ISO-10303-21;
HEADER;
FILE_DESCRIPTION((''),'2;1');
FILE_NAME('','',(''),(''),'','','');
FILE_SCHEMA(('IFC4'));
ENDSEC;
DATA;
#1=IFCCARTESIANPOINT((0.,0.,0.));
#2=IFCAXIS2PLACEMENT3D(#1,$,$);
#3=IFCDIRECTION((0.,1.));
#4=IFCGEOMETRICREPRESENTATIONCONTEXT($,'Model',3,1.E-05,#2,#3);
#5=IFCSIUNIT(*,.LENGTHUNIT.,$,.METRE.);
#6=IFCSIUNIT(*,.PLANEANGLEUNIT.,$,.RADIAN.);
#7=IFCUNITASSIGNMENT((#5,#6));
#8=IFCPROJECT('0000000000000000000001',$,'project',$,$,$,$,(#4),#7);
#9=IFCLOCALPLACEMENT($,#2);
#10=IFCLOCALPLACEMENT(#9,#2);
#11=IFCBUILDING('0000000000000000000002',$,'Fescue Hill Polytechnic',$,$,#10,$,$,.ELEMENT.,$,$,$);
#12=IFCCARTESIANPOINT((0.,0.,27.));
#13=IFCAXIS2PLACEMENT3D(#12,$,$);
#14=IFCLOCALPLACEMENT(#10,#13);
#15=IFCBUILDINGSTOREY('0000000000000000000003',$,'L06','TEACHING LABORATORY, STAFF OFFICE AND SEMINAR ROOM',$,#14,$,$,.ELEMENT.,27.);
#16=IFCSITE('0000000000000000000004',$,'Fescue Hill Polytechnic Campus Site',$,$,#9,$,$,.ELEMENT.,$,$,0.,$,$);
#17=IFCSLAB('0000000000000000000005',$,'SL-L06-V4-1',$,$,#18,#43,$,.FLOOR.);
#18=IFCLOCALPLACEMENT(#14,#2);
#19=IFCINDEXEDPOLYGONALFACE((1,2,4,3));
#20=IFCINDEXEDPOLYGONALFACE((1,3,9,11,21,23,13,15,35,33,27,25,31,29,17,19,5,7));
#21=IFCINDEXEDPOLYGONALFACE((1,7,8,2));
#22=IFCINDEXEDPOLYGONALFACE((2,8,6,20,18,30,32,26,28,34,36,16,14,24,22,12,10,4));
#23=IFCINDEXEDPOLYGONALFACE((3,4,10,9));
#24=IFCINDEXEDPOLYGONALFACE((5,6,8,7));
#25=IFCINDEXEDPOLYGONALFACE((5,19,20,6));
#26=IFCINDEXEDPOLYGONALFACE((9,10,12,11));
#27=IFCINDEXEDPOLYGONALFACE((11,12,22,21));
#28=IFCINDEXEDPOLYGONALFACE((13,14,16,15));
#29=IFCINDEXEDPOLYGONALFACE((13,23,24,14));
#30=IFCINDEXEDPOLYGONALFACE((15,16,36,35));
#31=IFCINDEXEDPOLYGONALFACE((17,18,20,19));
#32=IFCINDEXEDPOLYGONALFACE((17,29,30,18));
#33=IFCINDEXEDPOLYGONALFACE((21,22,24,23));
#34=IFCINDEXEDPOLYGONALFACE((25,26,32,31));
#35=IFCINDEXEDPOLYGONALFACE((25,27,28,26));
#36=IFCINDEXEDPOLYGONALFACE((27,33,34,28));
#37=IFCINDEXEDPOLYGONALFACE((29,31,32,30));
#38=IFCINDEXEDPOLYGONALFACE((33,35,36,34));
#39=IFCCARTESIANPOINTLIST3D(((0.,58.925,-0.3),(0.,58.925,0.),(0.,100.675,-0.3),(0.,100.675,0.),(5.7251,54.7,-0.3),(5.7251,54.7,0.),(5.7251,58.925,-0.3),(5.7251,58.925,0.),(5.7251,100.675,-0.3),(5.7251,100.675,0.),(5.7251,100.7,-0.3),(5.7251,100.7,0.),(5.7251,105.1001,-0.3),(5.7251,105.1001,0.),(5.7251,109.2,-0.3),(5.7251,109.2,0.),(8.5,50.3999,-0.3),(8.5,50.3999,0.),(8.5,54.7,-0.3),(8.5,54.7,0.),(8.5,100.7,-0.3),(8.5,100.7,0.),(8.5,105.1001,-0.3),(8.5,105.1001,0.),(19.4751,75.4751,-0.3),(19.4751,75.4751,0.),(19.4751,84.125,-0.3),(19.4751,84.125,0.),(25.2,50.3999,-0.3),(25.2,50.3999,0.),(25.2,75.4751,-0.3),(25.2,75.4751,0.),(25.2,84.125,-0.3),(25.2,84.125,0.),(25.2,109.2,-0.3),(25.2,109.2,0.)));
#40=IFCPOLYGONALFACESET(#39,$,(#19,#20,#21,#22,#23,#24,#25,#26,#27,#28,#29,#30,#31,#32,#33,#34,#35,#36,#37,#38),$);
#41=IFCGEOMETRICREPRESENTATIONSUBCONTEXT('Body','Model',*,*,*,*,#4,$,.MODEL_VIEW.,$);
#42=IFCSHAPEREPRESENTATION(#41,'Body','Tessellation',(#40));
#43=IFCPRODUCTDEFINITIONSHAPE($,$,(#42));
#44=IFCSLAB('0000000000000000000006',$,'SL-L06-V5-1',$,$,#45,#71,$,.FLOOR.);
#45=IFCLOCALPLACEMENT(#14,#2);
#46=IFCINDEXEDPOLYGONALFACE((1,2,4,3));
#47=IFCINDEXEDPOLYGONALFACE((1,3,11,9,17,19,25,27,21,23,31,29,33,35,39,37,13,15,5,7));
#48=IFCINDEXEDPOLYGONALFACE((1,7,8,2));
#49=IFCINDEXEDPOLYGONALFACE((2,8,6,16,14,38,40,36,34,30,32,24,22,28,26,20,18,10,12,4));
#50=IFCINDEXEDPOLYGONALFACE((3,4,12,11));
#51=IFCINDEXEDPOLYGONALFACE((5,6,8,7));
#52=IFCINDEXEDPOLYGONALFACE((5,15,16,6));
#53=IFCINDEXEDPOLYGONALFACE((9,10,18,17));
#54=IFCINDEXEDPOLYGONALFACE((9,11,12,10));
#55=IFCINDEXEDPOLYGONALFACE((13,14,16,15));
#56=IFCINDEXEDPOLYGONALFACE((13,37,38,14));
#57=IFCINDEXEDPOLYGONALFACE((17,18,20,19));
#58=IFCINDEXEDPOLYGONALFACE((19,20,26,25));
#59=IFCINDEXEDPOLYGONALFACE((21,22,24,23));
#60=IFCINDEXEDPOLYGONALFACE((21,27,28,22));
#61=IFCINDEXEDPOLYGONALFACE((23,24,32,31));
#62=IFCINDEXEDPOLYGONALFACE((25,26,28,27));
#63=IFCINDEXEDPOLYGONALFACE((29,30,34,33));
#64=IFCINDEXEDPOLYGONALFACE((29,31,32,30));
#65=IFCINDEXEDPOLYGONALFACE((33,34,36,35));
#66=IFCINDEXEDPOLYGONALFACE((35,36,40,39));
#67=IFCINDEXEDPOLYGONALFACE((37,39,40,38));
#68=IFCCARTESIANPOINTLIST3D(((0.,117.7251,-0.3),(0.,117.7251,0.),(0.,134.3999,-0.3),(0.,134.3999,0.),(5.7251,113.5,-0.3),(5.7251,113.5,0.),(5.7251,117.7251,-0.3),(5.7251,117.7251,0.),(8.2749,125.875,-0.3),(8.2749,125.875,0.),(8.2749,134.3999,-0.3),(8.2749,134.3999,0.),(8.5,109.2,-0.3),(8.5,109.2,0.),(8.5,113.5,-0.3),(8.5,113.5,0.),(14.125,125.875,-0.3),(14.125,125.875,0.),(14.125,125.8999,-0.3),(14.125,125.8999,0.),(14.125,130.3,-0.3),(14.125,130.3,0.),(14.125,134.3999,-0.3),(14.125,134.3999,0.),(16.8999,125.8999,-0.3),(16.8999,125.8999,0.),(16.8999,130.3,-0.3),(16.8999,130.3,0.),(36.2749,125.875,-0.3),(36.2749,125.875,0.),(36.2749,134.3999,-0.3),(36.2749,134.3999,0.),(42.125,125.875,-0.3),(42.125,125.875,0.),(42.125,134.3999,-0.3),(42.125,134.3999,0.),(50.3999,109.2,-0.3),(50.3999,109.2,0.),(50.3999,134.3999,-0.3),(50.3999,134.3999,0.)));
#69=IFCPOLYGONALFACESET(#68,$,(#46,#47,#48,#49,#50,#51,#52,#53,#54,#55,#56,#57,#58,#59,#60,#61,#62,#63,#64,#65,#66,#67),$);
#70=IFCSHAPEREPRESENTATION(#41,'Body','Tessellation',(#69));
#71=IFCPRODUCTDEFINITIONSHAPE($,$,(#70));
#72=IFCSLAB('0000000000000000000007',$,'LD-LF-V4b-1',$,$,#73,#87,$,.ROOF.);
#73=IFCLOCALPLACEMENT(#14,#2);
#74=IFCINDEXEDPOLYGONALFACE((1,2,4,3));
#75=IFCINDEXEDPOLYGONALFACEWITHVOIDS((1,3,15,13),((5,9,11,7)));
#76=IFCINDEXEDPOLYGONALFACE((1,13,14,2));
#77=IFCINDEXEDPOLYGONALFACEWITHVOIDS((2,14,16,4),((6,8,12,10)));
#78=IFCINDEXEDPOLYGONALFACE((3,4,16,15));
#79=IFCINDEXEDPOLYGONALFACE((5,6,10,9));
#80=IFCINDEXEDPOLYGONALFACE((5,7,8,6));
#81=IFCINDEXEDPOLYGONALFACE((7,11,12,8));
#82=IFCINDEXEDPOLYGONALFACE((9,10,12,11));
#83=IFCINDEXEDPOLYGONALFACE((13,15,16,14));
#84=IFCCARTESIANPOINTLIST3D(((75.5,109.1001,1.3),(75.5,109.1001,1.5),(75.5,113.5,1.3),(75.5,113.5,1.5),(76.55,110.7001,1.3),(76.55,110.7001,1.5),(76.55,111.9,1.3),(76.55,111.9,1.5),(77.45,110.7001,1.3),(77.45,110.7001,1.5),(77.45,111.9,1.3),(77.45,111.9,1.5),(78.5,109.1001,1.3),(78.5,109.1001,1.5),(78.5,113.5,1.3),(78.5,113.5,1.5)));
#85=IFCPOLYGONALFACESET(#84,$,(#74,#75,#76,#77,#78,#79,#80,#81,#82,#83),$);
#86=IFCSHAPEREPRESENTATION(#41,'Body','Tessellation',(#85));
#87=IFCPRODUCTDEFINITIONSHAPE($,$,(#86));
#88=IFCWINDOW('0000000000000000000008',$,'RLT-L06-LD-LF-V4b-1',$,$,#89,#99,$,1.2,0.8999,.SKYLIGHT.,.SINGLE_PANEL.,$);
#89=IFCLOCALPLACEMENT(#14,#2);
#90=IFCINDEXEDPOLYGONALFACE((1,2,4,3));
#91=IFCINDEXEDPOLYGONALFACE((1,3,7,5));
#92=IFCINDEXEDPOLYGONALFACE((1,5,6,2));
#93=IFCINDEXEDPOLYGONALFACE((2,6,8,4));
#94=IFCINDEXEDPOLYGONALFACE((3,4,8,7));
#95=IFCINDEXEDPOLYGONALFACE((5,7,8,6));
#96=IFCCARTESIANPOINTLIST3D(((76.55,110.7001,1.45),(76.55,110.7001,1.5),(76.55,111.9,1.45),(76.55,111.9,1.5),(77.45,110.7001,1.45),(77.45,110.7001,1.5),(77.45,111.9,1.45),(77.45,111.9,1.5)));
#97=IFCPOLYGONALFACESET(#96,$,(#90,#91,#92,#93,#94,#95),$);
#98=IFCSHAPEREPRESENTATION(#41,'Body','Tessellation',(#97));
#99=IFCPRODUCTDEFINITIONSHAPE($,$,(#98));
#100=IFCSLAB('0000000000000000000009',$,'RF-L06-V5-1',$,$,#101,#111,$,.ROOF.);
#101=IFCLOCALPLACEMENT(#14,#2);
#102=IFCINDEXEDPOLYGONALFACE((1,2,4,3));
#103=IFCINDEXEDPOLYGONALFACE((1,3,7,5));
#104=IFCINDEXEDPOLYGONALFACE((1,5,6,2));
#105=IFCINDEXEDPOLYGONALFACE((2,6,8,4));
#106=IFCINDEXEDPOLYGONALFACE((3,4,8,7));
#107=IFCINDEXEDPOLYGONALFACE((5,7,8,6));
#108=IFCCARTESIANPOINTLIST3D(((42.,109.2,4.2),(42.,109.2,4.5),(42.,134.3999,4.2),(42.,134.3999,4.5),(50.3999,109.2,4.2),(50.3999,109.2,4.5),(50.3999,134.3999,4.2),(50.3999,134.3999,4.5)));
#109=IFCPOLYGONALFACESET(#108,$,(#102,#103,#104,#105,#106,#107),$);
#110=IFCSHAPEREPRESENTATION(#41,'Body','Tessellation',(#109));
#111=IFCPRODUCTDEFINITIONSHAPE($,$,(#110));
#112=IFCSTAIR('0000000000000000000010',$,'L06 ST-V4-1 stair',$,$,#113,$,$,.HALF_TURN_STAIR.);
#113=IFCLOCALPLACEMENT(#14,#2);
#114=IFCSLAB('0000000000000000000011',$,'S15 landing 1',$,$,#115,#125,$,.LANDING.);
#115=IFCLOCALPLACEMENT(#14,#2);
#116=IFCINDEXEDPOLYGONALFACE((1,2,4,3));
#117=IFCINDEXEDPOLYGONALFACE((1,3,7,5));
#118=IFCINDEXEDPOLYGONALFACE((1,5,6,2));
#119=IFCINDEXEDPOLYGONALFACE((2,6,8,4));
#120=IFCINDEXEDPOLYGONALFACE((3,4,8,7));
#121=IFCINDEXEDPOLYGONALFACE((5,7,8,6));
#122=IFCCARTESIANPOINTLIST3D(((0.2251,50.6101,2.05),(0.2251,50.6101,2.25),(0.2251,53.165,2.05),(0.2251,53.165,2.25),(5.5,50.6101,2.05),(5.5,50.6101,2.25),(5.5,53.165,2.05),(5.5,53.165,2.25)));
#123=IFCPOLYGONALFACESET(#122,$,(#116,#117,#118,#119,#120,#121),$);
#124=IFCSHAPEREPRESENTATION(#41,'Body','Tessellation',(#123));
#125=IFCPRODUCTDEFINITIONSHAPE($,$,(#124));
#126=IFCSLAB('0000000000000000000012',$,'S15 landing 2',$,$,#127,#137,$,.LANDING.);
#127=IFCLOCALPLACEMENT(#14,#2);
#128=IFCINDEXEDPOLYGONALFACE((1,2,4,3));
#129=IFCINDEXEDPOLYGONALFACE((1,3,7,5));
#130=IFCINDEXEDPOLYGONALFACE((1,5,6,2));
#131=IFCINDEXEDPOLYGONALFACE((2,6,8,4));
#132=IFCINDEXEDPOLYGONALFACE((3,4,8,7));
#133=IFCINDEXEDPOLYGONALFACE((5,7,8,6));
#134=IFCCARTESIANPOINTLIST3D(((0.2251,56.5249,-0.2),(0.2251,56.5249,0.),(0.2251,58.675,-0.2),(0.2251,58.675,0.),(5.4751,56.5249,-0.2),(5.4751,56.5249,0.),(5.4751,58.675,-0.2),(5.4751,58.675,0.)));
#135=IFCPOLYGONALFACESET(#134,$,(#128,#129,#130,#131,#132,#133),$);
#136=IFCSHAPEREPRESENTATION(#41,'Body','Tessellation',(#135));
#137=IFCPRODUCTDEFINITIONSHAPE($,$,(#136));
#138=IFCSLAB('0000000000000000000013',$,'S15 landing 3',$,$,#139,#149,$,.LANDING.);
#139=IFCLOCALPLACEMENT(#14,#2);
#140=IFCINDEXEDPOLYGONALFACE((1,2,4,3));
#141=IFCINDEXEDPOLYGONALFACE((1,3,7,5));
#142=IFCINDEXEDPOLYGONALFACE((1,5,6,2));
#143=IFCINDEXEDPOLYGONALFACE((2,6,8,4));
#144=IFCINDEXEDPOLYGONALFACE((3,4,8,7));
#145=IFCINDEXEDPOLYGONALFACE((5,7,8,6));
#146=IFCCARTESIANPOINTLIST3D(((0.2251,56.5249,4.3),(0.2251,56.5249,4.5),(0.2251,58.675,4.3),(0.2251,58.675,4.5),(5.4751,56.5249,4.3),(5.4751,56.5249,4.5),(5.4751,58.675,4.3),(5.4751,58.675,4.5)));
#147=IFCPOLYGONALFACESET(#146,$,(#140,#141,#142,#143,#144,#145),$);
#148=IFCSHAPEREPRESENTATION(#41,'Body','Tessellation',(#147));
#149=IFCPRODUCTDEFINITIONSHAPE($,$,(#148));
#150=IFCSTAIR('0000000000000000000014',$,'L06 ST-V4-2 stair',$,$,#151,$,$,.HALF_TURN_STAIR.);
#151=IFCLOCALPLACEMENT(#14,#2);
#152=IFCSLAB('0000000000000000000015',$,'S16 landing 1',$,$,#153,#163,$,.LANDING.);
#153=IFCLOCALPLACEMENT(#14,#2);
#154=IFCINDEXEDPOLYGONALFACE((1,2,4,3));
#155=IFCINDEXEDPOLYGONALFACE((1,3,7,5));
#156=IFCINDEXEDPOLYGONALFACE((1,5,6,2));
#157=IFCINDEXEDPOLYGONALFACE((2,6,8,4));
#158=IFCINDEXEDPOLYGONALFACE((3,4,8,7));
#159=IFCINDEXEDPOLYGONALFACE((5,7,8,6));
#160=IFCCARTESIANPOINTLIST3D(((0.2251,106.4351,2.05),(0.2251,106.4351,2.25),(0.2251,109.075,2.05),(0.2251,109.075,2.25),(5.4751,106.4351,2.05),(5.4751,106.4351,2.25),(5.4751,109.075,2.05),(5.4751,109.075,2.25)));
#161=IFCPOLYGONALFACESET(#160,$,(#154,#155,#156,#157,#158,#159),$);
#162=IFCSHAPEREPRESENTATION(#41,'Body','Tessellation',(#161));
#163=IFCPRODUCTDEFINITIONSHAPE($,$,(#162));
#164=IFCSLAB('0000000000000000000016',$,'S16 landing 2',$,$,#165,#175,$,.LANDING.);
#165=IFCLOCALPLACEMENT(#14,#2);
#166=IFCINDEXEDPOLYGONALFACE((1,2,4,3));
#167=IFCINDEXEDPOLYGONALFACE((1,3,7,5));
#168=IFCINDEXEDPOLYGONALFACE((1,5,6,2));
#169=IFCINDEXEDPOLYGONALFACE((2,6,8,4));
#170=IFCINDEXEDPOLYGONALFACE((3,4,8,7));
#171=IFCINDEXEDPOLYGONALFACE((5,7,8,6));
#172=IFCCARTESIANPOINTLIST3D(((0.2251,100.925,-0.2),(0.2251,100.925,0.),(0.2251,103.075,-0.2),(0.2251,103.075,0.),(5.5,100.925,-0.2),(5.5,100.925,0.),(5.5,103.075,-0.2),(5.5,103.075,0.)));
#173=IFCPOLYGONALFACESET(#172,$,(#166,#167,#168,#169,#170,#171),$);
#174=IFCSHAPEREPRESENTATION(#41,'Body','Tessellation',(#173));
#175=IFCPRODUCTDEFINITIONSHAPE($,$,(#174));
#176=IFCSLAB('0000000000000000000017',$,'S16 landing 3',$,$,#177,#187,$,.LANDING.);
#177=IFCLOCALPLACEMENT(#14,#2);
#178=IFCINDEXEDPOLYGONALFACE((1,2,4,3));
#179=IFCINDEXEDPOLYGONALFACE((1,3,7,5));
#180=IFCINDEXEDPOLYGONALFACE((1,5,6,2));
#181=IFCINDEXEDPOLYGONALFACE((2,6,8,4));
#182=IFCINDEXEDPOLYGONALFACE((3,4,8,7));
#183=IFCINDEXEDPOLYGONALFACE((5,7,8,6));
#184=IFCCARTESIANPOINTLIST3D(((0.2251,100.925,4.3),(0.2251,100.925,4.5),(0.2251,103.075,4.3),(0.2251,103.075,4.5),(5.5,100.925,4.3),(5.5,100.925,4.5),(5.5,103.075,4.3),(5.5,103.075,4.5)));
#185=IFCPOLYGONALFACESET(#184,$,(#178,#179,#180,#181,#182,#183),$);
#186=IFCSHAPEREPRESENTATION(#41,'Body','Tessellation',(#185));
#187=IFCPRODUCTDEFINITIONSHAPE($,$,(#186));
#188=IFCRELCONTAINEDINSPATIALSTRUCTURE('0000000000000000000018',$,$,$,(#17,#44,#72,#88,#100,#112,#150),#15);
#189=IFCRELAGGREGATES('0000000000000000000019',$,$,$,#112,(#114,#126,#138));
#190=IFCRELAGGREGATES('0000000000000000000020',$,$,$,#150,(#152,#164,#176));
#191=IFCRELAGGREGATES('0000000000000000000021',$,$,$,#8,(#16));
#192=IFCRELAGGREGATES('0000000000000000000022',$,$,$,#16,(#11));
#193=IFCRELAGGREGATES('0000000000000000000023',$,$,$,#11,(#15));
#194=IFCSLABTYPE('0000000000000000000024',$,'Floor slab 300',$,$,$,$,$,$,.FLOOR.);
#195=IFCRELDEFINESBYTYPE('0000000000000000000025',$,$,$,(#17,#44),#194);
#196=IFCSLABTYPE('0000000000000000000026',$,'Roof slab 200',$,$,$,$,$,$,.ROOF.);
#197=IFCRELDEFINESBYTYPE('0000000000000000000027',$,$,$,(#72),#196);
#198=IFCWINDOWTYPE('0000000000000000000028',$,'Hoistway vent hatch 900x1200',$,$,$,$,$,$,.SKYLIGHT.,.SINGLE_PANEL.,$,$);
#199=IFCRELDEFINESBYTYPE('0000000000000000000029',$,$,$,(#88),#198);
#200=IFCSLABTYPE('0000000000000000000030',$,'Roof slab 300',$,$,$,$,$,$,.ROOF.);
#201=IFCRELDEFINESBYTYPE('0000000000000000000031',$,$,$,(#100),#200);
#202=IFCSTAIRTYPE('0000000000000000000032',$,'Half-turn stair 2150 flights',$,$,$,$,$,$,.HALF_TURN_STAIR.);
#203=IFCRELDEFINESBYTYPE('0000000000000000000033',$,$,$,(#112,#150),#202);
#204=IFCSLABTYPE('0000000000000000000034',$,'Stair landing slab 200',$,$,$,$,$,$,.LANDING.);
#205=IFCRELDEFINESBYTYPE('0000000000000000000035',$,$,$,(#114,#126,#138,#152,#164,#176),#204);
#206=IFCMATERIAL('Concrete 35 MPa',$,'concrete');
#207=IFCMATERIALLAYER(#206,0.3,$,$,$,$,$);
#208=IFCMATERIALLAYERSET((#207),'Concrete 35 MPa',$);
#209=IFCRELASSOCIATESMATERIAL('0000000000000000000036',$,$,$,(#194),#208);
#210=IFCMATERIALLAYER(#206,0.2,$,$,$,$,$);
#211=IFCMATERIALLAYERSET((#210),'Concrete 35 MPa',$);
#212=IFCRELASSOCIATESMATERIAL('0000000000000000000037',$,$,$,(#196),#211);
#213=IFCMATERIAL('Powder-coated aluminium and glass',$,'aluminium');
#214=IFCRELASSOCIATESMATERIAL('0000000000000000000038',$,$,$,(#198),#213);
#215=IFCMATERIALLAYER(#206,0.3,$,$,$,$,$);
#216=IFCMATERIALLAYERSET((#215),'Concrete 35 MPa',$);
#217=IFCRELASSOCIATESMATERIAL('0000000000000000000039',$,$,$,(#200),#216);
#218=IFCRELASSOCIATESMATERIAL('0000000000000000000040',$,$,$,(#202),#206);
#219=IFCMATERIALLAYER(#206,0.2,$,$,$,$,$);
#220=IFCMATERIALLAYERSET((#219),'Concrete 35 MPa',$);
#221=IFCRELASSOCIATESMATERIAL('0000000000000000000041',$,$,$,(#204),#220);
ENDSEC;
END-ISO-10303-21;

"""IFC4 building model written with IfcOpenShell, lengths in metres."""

from ifc_helpers import new_model, si_unit, direction, frame, origin, origin_2d, place, context, subcontext, project, spatial, polyline, rectangle, outline, extrude, material, layer, layer_set, type_object, element, fill, aggregate, save


model = new_model("IFC4")

# Units and contexts
model_context = context("Model", 3, precision=1e-05, world=origin(), true_north=direction((0.0, 1.0)))
body_context = subcontext(model_context, "Body", "Model", "MODEL_VIEW")
ifc_project = project(units=[si_unit("LENGTHUNIT", "METRE"), si_unit("PLANEANGLEUNIT", "RADIAN")], contexts=[model_context])

# Site, building, storey
site_placement = place(None, origin())
site = spatial("IfcSite", under=ifc_project, at=site_placement, Name="Fescue Hill Polytechnic Campus Site", CompositionType="ELEMENT", RefElevation=0.0)
building_placement = place(site_placement, origin())
building = spatial("IfcBuilding", under=site, at=building_placement, Name="Fescue Hill Polytechnic", CompositionType="ELEMENT")
storey_placement = place(building_placement, frame((0.0, 0.0, 27.0)))
storey = spatial("IfcBuildingStorey", under=building, at=storey_placement, Name="L06", Description="TEACHING LABORATORY, STAFF OFFICE AND SEMINAR ROOM", CompositionType="ELEMENT", Elevation=27.0)

# Slabs
ifc_material_1 = material(Name="Concrete 35 MPa", Category="concrete")
ifc_layer_1 = layer(ifc_material_1, 0.3)
ifc_layer_set_1 = layer_set([ifc_layer_1], Name="Concrete 35 MPa")
slab_type_1 = type_object("IfcSlabType", Name="Floor slab 300", PredefinedType="FLOOR", material=ifc_layer_set_1)
slab_1_placement = place(storey_placement, frame((0.0, 0.0, -0.3)))
element("IfcSlab", 1, at=slab_1_placement, inside=storey, type_object=slab_type_1, Name="SL-L06-V4-1", PredefinedType="FLOOR", context=body_context, shape_type="SweptSolid", body=[
    extrude(outline(polyline([(25.2, 50.3999), (8.5, 50.3999), (8.5, 54.7), (5.7251, 54.7), (5.7251, 58.925), (0.0, 58.925), (0.0, 100.675), (5.7251, 100.675), (5.7251, 100.7), (8.5, 100.7), (8.5, 105.1001), (5.7251, 105.1001), (5.7251, 109.2), (25.2, 109.2), (25.2, 84.125), (19.4751, 84.125), (19.4751, 75.4751), (25.2, 75.4751), (25.2, 50.3999)])), origin(), (0.0, 0.0, 1.0), 0.3),
])
slab_2_placement = place(storey_placement, frame((0.0, 0.0, -0.3)))
element("IfcSlab", 2, at=slab_2_placement, inside=storey, type_object=slab_type_1, Name="SL-L06-V5-1", PredefinedType="FLOOR", context=body_context, shape_type="SweptSolid", body=[
    extrude(outline(polyline([(50.3999, 134.3999), (50.3999, 109.2), (8.5, 109.2), (8.5, 113.5), (5.7251, 113.5), (5.7251, 117.7251), (0.0, 117.7251), (0.0, 134.3999), (8.2749, 134.3999), (8.2749, 125.875), (14.125, 125.875), (14.125, 125.8999), (16.8999, 125.8999), (16.8999, 130.3), (14.125, 130.3), (14.125, 134.3999), (36.2749, 134.3999), (36.2749, 125.875), (42.125, 125.875), (42.125, 134.3999), (50.3999, 134.3999)])), origin(), (0.0, 0.0, 1.0), 0.3),
])

# Slab, opening, window
ifc_layer_2 = layer(ifc_material_1, 0.2)
ifc_layer_set_2 = layer_set([ifc_layer_2], Name="Concrete 35 MPa")
slab_type_2 = type_object("IfcSlabType", Name="Roof slab 200", PredefinedType="ROOF", material=ifc_layer_set_2)
slab_3_placement = place(storey_placement, frame((0.0, 0.0, 1.3)))
slab_3 = element("IfcSlab", 3, at=slab_3_placement, inside=storey, type_object=slab_type_2, Name="LD-LF-V4b-1", PredefinedType="ROOF", context=body_context, shape_type="SweptSolid", body=[
    extrude(outline(polyline([(78.5, 109.1001), (75.5, 109.1001), (75.5, 113.5), (78.5, 113.5), (78.5, 109.1001)])), origin(), (0.0, 0.0, 1.0), 0.2),
])
opening_placement = place(slab_3_placement, frame((77.0, 111.3, 0.0)))
opening = element("IfcOpeningElement", 4, at=opening_placement, cuts=slab_3, PredefinedType="OPENING", context=body_context, shape_type="SweptSolid", body=[
    extrude(rectangle(XDim=0.8999, YDim=1.2, at=origin_2d()), frame((0.0, 0.0, -0.01)), (0.0, 0.0, 1.0), 0.22),
])
ifc_material_2 = material(Name="Powder-coated aluminium and glass", Category="aluminium")
window_type = type_object("IfcWindowType", Name="Hoistway vent hatch 900x1200", PartitioningType="SINGLE_PANEL", PredefinedType="SKYLIGHT", material=ifc_material_2)
window_placement = place(opening_placement, frame((0.0, 0.0, 0.1499)))
window = element("IfcWindow", 5, at=window_placement, inside=storey, type_object=window_type, Name="RLT-L06-LD-LF-V4b-1", OverallHeight=1.2, OverallWidth=0.8999, PartitioningType="SINGLE_PANEL", PredefinedType="SKYLIGHT", context=body_context, shape_type="SweptSolid", body=[
    extrude(rectangle(XDim=0.8999, YDim=1.2, at=origin_2d()), origin(), (0.0, 0.0, 1.0), 0.05),
])
fill(opening, window)

# Slab
ifc_layer_3 = layer(ifc_material_1, 0.3)
ifc_layer_set_3 = layer_set([ifc_layer_3], Name="Concrete 35 MPa")
slab_type_3 = type_object("IfcSlabType", Name="Roof slab 300", PredefinedType="ROOF", material=ifc_layer_set_3)
slab_4_placement = place(storey_placement, frame((0.0, 0.0, 4.2)))
element("IfcSlab", 6, at=slab_4_placement, inside=storey, type_object=slab_type_3, Name="RF-L06-V5-1", PredefinedType="ROOF", context=body_context, shape_type="SweptSolid", body=[
    extrude(outline(polyline([(50.3999, 109.2), (42.0, 109.2), (42.0, 134.3999), (50.3999, 134.3999), (50.3999, 109.2)])), origin(), (0.0, 0.0, 1.0), 0.3),
])

# Stairs, slabs
stair_type = type_object("IfcStairType", Name="Half-turn stair 2150 flights", PredefinedType="HALF_TURN_STAIR", material=ifc_material_1)
stair_1_placement = place(storey_placement, origin())
stair_1 = element("IfcStair", 7, at=stair_1_placement, inside=storey, type_object=stair_type, Name="L06 ST-V4-1 stair", PredefinedType="HALF_TURN_STAIR")
ifc_layer_4 = layer(ifc_material_1, 0.2)
ifc_layer_set_4 = layer_set([ifc_layer_4], Name="Concrete 35 MPa")
slab_type_4 = type_object("IfcSlabType", Name="Stair landing slab 200", PredefinedType="LANDING", material=ifc_layer_set_4)
slab_5_placement = place(storey_placement, frame((0.0, 0.0, 2.05)))
slab_5 = element("IfcSlab", 8, at=slab_5_placement, type_object=slab_type_4, Name="S15 landing 1", PredefinedType="LANDING", context=body_context, shape_type="SweptSolid", body=[
    extrude(outline(polyline([(0.2251, 50.6101), (5.5, 50.6101), (5.5, 53.165), (0.2251, 53.165), (0.2251, 50.6101)])), origin(), (0.0, 0.0, 1.0), 0.2),
])
slab_6_placement = place(storey_placement, frame((0.0, 0.0, -0.2)))
slab_6 = element("IfcSlab", 9, at=slab_6_placement, type_object=slab_type_4, Name="S15 landing 2", PredefinedType="LANDING", context=body_context, shape_type="SweptSolid", body=[
    extrude(outline(polyline([(0.2251, 56.5249), (5.4751, 56.5249), (5.4751, 58.675), (0.2251, 58.675), (0.2251, 56.5249)])), origin(), (0.0, 0.0, 1.0), 0.2),
])
slab_7_placement = place(storey_placement, frame((0.0, 0.0, 4.3)))
slab_7 = element("IfcSlab", 10, at=slab_7_placement, type_object=slab_type_4, Name="S15 landing 3", PredefinedType="LANDING", context=body_context, shape_type="SweptSolid", body=[
    extrude(outline(polyline([(0.2251, 56.5249), (5.4751, 56.5249), (5.4751, 58.675), (0.2251, 58.675), (0.2251, 56.5249)])), origin(), (0.0, 0.0, 1.0), 0.2),
])
aggregate(stair_1, [slab_5, slab_6, slab_7])
stair_2_placement = place(storey_placement, origin())
stair_2 = element("IfcStair", 11, at=stair_2_placement, inside=storey, type_object=stair_type, Name="L06 ST-V4-2 stair", PredefinedType="HALF_TURN_STAIR")
slab_8_placement = place(storey_placement, frame((0.0, 0.0, 2.05)))
slab_8 = element("IfcSlab", 12, at=slab_8_placement, type_object=slab_type_4, Name="S16 landing 1", PredefinedType="LANDING", context=body_context, shape_type="SweptSolid", body=[
    extrude(outline(polyline([(0.2251, 106.4351), (5.4751, 106.4351), (5.4751, 109.075), (0.2251, 109.075), (0.2251, 106.4351)])), origin(), (0.0, 0.0, 1.0), 0.2),
])
slab_9_placement = place(storey_placement, frame((0.0, 0.0, -0.2)))
slab_9 = element("IfcSlab", 13, at=slab_9_placement, type_object=slab_type_4, Name="S16 landing 2", PredefinedType="LANDING", context=body_context, shape_type="SweptSolid", body=[
    extrude(outline(polyline([(0.2251, 100.925), (5.5, 100.925), (5.5, 103.075), (0.2251, 103.075), (0.2251, 100.925)])), origin(), (0.0, 0.0, 1.0), 0.2),
])
slab_10_placement = place(storey_placement, frame((0.0, 0.0, 4.3)))
slab_10 = element("IfcSlab", 14, at=slab_10_placement, type_object=slab_type_4, Name="S16 landing 3", PredefinedType="LANDING", context=body_context, shape_type="SweptSolid", body=[
    extrude(outline(polyline([(0.2251, 100.925), (5.5, 100.925), (5.5, 103.075), (0.2251, 103.075), (0.2251, 100.925)])), origin(), (0.0, 0.0, 1.0), 0.2),
])
aggregate(stair_2, [slab_8, slab_9, slab_10])

save(model, "model.ifc")
